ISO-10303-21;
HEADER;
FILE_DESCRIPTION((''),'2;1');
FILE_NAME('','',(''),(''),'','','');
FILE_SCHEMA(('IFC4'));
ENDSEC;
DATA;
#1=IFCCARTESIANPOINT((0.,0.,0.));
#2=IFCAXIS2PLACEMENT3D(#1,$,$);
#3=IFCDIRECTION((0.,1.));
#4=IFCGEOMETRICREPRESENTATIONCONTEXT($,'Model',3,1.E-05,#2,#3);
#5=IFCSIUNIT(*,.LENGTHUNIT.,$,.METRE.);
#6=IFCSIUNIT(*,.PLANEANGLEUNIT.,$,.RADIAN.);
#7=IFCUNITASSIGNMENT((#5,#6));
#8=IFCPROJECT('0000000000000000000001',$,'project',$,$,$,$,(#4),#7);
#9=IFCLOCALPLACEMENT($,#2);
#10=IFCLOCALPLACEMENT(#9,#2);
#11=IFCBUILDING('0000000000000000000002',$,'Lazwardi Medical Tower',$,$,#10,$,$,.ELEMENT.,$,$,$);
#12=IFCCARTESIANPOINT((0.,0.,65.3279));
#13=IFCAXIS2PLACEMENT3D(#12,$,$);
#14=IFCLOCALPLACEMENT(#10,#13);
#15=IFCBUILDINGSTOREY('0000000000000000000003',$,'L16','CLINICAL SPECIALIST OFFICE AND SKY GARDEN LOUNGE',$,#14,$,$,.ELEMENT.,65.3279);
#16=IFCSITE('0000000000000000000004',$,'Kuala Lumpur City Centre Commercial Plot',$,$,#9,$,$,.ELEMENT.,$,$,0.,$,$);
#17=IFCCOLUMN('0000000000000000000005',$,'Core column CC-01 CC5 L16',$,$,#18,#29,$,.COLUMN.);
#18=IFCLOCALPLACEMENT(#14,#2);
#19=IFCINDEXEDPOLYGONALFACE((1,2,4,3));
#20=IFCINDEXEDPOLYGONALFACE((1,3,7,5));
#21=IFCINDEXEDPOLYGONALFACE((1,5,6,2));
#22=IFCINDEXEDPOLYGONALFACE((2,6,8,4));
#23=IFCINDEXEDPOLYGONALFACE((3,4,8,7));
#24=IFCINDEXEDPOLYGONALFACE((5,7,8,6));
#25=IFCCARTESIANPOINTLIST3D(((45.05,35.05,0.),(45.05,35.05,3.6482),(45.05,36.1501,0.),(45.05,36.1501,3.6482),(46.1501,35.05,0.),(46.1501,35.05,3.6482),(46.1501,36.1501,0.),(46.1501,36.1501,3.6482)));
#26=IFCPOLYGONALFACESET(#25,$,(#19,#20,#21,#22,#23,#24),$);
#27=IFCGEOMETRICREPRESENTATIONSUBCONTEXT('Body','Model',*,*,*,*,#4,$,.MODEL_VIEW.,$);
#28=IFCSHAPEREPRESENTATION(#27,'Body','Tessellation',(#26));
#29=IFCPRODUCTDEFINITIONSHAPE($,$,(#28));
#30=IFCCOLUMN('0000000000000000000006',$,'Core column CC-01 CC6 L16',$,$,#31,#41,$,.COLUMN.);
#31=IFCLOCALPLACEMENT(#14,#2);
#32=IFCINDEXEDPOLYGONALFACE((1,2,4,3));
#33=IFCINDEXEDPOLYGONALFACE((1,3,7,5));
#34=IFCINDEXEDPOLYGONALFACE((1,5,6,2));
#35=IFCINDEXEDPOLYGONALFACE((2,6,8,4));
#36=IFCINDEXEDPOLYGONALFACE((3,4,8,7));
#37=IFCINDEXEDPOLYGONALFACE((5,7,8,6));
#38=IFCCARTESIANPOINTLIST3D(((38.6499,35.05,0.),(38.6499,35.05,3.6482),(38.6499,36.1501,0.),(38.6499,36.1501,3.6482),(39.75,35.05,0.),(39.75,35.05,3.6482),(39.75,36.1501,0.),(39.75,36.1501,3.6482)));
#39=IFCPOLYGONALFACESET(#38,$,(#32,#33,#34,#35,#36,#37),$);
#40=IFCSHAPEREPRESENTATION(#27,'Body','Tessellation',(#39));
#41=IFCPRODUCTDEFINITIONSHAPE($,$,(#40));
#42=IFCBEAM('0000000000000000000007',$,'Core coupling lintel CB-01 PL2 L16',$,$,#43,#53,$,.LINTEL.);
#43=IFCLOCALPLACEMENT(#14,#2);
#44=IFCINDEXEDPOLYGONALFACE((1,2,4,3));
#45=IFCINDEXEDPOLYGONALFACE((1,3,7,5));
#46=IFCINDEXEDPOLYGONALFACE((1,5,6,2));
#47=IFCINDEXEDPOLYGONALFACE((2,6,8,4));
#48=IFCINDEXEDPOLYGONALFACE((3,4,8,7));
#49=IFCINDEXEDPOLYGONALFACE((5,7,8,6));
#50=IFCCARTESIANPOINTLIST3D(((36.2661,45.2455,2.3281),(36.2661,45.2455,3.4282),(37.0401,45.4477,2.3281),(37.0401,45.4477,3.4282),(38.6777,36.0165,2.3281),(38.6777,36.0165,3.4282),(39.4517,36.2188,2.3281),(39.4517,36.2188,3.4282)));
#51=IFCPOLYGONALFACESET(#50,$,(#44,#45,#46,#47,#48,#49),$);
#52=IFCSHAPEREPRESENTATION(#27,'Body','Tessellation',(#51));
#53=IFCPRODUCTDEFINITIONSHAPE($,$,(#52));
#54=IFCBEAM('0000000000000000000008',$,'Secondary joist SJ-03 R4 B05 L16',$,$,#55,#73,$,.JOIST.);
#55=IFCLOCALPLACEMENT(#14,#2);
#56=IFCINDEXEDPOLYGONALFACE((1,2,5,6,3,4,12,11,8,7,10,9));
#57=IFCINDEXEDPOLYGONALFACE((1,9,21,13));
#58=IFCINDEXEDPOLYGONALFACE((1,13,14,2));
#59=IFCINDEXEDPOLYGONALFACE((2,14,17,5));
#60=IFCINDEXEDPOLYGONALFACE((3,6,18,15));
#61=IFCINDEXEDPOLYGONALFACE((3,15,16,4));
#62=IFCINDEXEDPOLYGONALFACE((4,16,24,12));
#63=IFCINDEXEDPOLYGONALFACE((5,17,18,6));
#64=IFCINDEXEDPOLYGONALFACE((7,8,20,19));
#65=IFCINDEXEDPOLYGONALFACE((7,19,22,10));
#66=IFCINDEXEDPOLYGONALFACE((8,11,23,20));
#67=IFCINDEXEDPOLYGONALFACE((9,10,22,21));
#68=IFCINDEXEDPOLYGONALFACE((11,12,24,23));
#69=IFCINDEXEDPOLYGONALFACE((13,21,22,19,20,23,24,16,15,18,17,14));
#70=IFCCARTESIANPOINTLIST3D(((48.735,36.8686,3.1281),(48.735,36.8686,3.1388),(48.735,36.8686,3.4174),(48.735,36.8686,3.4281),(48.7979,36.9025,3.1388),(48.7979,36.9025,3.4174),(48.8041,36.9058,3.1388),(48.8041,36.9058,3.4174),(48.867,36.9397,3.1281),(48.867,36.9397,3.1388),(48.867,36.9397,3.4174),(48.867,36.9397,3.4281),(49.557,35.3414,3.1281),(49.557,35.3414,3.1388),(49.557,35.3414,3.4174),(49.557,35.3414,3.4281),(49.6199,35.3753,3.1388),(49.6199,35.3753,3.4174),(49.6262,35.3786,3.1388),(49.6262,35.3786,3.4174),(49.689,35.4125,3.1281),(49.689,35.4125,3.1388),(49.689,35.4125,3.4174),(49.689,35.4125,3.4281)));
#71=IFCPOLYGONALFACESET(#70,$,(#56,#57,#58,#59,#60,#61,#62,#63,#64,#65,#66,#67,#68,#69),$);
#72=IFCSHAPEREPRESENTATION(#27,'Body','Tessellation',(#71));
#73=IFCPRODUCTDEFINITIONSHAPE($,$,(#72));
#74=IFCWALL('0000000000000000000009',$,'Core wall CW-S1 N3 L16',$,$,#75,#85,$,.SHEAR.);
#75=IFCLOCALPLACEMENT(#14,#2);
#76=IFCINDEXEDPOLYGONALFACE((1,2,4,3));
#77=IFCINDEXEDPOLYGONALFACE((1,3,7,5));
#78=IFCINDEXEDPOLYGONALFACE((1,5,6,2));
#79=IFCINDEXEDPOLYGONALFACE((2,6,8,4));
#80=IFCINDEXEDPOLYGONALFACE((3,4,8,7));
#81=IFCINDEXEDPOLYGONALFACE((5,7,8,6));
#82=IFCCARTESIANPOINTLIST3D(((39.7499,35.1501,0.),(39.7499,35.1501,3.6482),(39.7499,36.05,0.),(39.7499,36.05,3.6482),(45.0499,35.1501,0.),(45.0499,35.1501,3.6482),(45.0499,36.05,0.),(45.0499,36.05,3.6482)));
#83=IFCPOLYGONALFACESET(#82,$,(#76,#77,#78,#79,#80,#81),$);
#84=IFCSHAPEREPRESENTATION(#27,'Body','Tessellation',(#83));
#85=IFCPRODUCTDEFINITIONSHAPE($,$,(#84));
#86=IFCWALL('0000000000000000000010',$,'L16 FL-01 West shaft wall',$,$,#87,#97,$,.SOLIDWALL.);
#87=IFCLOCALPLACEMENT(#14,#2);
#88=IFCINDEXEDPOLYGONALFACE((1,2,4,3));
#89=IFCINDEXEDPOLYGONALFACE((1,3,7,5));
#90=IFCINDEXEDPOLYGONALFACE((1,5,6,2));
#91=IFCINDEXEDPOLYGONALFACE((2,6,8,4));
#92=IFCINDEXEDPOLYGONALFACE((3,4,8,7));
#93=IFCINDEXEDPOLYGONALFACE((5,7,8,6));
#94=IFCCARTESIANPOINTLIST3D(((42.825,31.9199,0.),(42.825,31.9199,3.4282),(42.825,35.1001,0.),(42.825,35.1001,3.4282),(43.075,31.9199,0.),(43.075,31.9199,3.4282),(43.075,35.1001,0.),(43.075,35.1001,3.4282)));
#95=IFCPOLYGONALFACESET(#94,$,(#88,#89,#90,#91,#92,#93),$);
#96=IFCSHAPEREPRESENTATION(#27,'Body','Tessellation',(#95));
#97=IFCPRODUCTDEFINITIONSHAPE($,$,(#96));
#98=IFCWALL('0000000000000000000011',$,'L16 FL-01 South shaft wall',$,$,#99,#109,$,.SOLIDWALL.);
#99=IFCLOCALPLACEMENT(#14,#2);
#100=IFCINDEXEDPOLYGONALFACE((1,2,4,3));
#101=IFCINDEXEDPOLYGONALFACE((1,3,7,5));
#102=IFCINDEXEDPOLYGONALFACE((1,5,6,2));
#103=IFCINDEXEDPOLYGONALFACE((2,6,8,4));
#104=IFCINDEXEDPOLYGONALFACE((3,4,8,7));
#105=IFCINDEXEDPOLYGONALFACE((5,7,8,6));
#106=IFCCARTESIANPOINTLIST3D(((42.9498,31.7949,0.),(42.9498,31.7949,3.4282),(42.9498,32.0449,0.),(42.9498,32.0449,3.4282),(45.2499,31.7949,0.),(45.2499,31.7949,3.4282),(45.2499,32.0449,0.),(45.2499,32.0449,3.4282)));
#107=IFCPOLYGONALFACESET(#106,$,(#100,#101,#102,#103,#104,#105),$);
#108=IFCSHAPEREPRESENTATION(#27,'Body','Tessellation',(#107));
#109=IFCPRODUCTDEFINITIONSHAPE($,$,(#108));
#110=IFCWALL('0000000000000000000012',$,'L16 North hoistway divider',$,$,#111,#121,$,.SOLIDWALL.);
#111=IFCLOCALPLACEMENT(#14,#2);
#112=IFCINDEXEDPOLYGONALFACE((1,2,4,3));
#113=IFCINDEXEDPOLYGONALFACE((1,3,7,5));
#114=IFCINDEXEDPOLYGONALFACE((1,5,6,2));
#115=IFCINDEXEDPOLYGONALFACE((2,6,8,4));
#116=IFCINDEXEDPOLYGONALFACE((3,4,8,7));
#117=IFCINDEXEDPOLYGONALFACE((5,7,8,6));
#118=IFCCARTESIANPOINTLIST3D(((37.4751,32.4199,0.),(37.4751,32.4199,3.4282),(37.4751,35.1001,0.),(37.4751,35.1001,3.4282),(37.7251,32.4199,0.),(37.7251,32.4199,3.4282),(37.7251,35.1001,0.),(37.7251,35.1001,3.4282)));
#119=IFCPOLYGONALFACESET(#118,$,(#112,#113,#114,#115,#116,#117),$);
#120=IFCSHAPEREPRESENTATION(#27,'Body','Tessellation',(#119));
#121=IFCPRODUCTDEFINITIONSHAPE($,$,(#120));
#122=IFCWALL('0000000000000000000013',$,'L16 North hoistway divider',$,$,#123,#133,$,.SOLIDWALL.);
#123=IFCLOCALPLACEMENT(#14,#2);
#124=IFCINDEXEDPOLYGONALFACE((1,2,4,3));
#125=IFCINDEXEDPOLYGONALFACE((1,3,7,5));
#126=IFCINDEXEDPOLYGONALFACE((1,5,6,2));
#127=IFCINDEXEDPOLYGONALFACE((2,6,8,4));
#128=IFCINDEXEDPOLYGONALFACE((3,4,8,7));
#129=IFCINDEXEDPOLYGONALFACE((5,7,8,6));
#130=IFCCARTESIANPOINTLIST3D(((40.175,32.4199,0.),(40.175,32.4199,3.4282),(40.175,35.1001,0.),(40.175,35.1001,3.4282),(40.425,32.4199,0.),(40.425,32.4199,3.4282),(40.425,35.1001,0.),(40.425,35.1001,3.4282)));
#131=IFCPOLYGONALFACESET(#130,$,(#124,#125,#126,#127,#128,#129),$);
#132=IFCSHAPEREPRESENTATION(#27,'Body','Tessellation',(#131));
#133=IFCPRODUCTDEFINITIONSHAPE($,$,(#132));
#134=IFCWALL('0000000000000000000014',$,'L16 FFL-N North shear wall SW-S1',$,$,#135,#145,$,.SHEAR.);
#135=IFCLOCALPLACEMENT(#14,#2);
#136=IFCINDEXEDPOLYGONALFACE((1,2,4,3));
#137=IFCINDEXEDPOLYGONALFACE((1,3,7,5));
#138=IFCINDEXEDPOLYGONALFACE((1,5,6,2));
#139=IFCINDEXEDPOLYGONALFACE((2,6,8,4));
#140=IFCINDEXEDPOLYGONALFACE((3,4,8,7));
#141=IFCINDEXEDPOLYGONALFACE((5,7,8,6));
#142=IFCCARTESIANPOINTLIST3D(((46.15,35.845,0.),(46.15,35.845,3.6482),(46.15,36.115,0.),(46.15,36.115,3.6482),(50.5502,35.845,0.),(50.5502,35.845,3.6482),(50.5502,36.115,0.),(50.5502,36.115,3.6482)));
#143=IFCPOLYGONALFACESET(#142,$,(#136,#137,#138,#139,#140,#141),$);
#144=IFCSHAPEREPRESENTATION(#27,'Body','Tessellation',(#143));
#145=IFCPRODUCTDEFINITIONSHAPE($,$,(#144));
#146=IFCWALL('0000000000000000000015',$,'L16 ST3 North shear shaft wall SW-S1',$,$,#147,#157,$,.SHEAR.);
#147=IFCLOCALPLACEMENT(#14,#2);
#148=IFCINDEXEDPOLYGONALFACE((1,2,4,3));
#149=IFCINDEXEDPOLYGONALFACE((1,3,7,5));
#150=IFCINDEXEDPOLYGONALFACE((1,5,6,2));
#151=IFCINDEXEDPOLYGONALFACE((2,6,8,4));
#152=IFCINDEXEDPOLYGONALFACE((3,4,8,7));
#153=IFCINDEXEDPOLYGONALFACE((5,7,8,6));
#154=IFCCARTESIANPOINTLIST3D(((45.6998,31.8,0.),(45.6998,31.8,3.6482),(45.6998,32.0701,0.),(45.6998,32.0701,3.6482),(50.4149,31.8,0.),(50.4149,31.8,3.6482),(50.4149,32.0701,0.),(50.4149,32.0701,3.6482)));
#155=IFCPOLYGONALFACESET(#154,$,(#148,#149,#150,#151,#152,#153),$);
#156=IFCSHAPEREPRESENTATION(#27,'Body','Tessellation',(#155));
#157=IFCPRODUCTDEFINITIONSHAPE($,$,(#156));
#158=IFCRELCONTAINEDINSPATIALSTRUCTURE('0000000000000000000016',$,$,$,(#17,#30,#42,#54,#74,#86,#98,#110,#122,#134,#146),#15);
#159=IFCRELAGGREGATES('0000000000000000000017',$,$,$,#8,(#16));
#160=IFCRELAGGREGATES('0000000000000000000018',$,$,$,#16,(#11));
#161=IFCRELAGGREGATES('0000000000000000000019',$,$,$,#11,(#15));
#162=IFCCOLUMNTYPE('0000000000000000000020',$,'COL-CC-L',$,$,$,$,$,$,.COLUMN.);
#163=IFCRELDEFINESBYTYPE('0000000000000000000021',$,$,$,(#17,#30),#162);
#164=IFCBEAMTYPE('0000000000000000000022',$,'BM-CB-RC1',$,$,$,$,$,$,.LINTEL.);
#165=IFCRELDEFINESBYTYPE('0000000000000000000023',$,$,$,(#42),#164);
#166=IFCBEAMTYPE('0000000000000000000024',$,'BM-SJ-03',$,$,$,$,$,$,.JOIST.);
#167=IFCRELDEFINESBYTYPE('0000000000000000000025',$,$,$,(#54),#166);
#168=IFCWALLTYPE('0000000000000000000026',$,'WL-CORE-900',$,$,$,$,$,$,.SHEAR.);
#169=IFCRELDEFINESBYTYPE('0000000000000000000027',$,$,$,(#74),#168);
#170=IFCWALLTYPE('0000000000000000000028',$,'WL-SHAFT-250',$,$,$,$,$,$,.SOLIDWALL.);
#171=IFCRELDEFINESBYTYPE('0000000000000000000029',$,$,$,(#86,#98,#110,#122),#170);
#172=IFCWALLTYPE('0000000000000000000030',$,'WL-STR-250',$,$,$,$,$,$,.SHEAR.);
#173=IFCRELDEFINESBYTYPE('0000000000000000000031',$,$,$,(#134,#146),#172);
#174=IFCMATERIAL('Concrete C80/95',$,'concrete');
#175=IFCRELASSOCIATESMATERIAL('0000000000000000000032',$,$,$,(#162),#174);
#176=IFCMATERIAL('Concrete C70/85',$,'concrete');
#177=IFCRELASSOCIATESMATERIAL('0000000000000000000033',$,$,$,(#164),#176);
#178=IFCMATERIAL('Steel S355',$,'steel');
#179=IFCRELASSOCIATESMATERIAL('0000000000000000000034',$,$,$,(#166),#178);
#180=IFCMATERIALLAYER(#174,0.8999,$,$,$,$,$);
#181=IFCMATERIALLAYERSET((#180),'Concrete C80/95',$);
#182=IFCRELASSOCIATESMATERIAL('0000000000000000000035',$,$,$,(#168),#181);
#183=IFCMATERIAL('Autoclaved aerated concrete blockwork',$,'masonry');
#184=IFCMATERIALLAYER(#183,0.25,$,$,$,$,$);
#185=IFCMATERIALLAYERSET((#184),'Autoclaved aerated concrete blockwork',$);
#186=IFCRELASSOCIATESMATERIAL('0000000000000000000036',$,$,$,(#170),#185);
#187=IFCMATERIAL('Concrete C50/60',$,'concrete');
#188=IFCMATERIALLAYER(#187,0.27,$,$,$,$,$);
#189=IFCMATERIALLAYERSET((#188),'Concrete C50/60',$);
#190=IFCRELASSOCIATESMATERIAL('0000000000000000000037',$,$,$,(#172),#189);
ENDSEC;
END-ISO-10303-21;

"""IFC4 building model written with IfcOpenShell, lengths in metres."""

from ifc_helpers import new_model, si_unit, direction, frame, frame_2d, origin, origin_2d, place, context, subcontext, project, spatial, rectangle, i_section, extrude, material, layer, layer_set, material_profile, profile_set, type_object, element, save


model = new_model("IFC4")

# Units and contexts
model_context = context("Model", 3, precision=1e-05, world=origin(), true_north=direction((0.0, 1.0)))
body_context = subcontext(model_context, "Body", "Model", "MODEL_VIEW")
ifc_project = project(units=[si_unit("LENGTHUNIT", "METRE"), si_unit("PLANEANGLEUNIT", "RADIAN")], contexts=[model_context])

# Site, building, storey
site_placement = place(None, origin())
site = spatial("IfcSite", under=ifc_project, at=site_placement, Name="Kuala Lumpur City Centre Commercial Plot", CompositionType="ELEMENT", RefElevation=0.0)
building_placement = place(site_placement, origin())
building = spatial("IfcBuilding", under=site, at=building_placement, Name="Lazwardi Medical Tower", CompositionType="ELEMENT")
storey_placement = place(building_placement, frame((0.0, 0.0, 65.3279)))
storey = spatial("IfcBuildingStorey", under=building, at=storey_placement, Name="L16", Description="CLINICAL SPECIALIST OFFICE AND SKY GARDEN LOUNGE", CompositionType="ELEMENT", Elevation=65.3279)

# Columns
ifc_material_1 = material(Name="Concrete C80/95", Category="concrete")
ifc_material_profile_1 = material_profile(ifc_material_1, rectangle(XDim=1.1001, YDim=1.1001, at=origin_2d()), Name="RC 1100x1100")
ifc_profile_set_1 = profile_set([ifc_material_profile_1], Name="Concrete C80/95")
column_type = type_object("IfcColumnType", Name="COL-CC-L", PredefinedType="COLUMN", material=ifc_profile_set_1)
for number, where, z_axis, x_axis, name in (
    (1, (45.6001, 35.6001, 0.0), (0.0, 0.0, 1.0), (1.0, 0.0, 0.0), "Core column CC-01 CC5 L16"),
    (2, (39.2, 35.6001, 0.0), (0.0, 0.0, 1.0), (1.0, 0.0, 0.0), "Core column CC-01 CC6 L16"),
):
    element("IfcColumn", number, at=place(storey_placement, frame(where, z_axis=z_axis, x_axis=x_axis)), inside=storey, type_object=column_type, Name=name, PredefinedType="COLUMN", context=body_context, shape_type="SweptSolid", body=[
        extrude(rectangle(XDim=1.1001, YDim=1.1001, at=origin_2d()), origin(), (0.0, 0.0, 1.0), 3.6482),
    ])

# Beams
ifc_material_2 = material(Name="Concrete C70/85", Category="concrete")
ifc_material_profile_2 = material_profile(ifc_material_2, rectangle(XDim=0.8, YDim=1.1001, at=origin_2d()), Name="RC 800x1100")
ifc_profile_set_2 = profile_set([ifc_material_profile_2], Name="Concrete C70/85")
beam_type_1 = type_object("IfcBeamType", Name="BM-CB-RC1", PredefinedType="LINTEL", material=ifc_profile_set_2)
beam_1_placement = place(storey_placement, frame((39.0647, 36.1177, 2.8782), z_axis=(-0.25282, 0.967513, 0.0), x_axis=(-0.967513, -0.25282, 0.0)))
element("IfcBeam", 3, at=beam_1_placement, inside=storey, type_object=beam_type_1, Name="Core coupling lintel CB-01 PL2 L16", PredefinedType="LINTEL", context=body_context, shape_type="SweptSolid", body=[
    extrude(rectangle(XDim=0.8, YDim=1.1001, at=origin_2d()), origin(), (0.0, 0.0, 1.0), 9.5388),
])
ifc_material_3 = material(Name="Steel S355", Category="steel")
ifc_material_profile_3 = material_profile(ifc_material_3, i_section(OverallWidth=0.1499, OverallDepth=0.3, WebThickness=0.0071, FlangeThickness=0.0107, at=origin_2d()), Name="IPE 300")
ifc_profile_set_3 = profile_set([ifc_material_profile_3], Name="Steel S355")
beam_type_2 = type_object("IfcBeamType", Name="BM-SJ-03", PredefinedType="JOIST", material=ifc_profile_set_3)
beam_2_placement = place(storey_placement, frame((49.623, 35.377, 3.2781), z_axis=(-0.473982, 0.880534, 0.0), x_axis=(-0.880534, -0.473982, 0.0)))
element("IfcBeam", 4, at=beam_2_placement, inside=storey, type_object=beam_type_2, Name="Secondary joist SJ-03 R4 B05 L16", PredefinedType="JOIST", context=body_context, shape_type="SweptSolid", body=[
    extrude(i_section(OverallWidth=0.1499, OverallDepth=0.3, WebThickness=0.0071, FlangeThickness=0.0107, at=origin_2d()), origin(), (0.0, 0.0, 1.0), 1.7344),
])

# Walls
ifc_layer_1 = layer(ifc_material_1, 0.8999)
ifc_layer_set_1 = layer_set([ifc_layer_1], Name="Concrete C80/95")
wall_type_1 = type_object("IfcWallType", Name="WL-CORE-900", PredefinedType="SHEAR", material=ifc_layer_set_1)
wall_1_placement = place(storey_placement, frame((39.75, 35.6001, 0.0), z_axis=(0.0, 0.0, 1.0), x_axis=(1.0, 0.0, 0.0)))
element("IfcWall", 5, at=wall_1_placement, inside=storey, type_object=wall_type_1, Name="Core wall CW-S1 N3 L16", PredefinedType="SHEAR", context=body_context, shape_type="SweptSolid", body=[
    extrude(rectangle(XDim=5.3, YDim=0.8999, at=frame_2d((2.6499, 0.0))), origin(), (0.0, 0.0, 1.0), 3.6482),
])
ifc_material_4 = material(Name="Autoclaved aerated concrete blockwork", Category="masonry")
ifc_layer_2 = layer(ifc_material_4, 0.25)
ifc_layer_set_2 = layer_set([ifc_layer_2], Name="Autoclaved aerated concrete blockwork")
wall_type_2 = type_object("IfcWallType", Name="WL-SHAFT-250", PredefinedType="SOLIDWALL", material=ifc_layer_set_2)
wall_2_placement = place(storey_placement, frame((42.95, 31.9199, 0.0), z_axis=(0.0, 0.0, 1.0), x_axis=(0.0, 1.0, 0.0)))
element("IfcWall", 6, at=wall_2_placement, inside=storey, type_object=wall_type_2, Name="L16 FL-01 West shaft wall", PredefinedType="SOLIDWALL", context=body_context, shape_type="SweptSolid", body=[
    extrude(rectangle(XDim=3.1802, YDim=0.25, at=frame_2d((1.5901, 0.0))), origin(), (0.0, 0.0, 1.0), 3.4282),
])
wall_3_placement = place(storey_placement, frame((42.95, 31.9199, 0.0), z_axis=(0.0, 0.0, 1.0), x_axis=(1.0, 0.0, 0.0)))
element("IfcWall", 7, at=wall_3_placement, inside=storey, type_object=wall_type_2, Name="L16 FL-01 South shaft wall", PredefinedType="SOLIDWALL", context=body_context, shape_type="SweptSolid", body=[
    extrude(rectangle(XDim=2.3, YDim=0.25, at=frame_2d((1.1499, 0.0))), origin(), (0.0, 0.0, 1.0), 3.4282),
])
for number, where, z_axis, x_axis, name in (
    (8, (37.6001, 32.4199, 0.0), (0.0, 0.0, 1.0), (0.0, 1.0, 0.0), "L16 North hoistway divider"),
    (9, (40.3, 32.4199, 0.0), (0.0, 0.0, 1.0), (0.0, 1.0, 0.0), "L16 North hoistway divider"),
):
    element("IfcWall", number, at=place(storey_placement, frame(where, z_axis=z_axis, x_axis=x_axis)), inside=storey, type_object=wall_type_2, Name=name, PredefinedType="SOLIDWALL", context=body_context, shape_type="SweptSolid", body=[
        extrude(rectangle(XDim=2.6802, YDim=0.25, at=frame_2d((1.3401, 0.0))), origin(), (0.0, 0.0, 1.0), 3.4282),
    ])

# Shared definitions
ifc_material_5 = material(Name="Concrete C50/60", Category="concrete")
ifc_layer_3 = layer(ifc_material_5, 0.27)
ifc_layer_set_3 = layer_set([ifc_layer_3], Name="Concrete C50/60")
wall_type_3 = type_object("IfcWallType", Name="WL-STR-250", PredefinedType="SHEAR", material=ifc_layer_set_3)

# Walls
wall_4_placement = place(storey_placement, frame((46.1499, 35.98, 0.0), z_axis=(0.0, 0.0, 1.0), x_axis=(1.0, 0.0, 0.0)))
element("IfcWall", 10, at=wall_4_placement, inside=storey, type_object=wall_type_3, Name="L16 FFL-N North shear wall SW-S1", PredefinedType="SHEAR", context=body_context, shape_type="SweptSolid", body=[
    extrude(rectangle(XDim=4.4001, YDim=0.27, at=frame_2d((2.2002, 0.0))), origin(), (0.0, 0.0, 1.0), 3.6482),
])
wall_5_placement = place(storey_placement, frame((45.7, 31.9351, 0.0), z_axis=(0.0, 0.0, 1.0), x_axis=(1.0, 0.0, 0.0)))
element("IfcWall", 11, at=wall_5_placement, inside=storey, type_object=wall_type_3, Name="L16 ST3 North shear shaft wall SW-S1", PredefinedType="SHEAR", context=body_context, shape_type="SweptSolid", body=[
    extrude(rectangle(XDim=4.7151, YDim=0.27, at=frame_2d((2.3574, 0.0))), origin(), (0.0, 0.0, 1.0), 3.6482),
])

save(model, "model.ifc")
